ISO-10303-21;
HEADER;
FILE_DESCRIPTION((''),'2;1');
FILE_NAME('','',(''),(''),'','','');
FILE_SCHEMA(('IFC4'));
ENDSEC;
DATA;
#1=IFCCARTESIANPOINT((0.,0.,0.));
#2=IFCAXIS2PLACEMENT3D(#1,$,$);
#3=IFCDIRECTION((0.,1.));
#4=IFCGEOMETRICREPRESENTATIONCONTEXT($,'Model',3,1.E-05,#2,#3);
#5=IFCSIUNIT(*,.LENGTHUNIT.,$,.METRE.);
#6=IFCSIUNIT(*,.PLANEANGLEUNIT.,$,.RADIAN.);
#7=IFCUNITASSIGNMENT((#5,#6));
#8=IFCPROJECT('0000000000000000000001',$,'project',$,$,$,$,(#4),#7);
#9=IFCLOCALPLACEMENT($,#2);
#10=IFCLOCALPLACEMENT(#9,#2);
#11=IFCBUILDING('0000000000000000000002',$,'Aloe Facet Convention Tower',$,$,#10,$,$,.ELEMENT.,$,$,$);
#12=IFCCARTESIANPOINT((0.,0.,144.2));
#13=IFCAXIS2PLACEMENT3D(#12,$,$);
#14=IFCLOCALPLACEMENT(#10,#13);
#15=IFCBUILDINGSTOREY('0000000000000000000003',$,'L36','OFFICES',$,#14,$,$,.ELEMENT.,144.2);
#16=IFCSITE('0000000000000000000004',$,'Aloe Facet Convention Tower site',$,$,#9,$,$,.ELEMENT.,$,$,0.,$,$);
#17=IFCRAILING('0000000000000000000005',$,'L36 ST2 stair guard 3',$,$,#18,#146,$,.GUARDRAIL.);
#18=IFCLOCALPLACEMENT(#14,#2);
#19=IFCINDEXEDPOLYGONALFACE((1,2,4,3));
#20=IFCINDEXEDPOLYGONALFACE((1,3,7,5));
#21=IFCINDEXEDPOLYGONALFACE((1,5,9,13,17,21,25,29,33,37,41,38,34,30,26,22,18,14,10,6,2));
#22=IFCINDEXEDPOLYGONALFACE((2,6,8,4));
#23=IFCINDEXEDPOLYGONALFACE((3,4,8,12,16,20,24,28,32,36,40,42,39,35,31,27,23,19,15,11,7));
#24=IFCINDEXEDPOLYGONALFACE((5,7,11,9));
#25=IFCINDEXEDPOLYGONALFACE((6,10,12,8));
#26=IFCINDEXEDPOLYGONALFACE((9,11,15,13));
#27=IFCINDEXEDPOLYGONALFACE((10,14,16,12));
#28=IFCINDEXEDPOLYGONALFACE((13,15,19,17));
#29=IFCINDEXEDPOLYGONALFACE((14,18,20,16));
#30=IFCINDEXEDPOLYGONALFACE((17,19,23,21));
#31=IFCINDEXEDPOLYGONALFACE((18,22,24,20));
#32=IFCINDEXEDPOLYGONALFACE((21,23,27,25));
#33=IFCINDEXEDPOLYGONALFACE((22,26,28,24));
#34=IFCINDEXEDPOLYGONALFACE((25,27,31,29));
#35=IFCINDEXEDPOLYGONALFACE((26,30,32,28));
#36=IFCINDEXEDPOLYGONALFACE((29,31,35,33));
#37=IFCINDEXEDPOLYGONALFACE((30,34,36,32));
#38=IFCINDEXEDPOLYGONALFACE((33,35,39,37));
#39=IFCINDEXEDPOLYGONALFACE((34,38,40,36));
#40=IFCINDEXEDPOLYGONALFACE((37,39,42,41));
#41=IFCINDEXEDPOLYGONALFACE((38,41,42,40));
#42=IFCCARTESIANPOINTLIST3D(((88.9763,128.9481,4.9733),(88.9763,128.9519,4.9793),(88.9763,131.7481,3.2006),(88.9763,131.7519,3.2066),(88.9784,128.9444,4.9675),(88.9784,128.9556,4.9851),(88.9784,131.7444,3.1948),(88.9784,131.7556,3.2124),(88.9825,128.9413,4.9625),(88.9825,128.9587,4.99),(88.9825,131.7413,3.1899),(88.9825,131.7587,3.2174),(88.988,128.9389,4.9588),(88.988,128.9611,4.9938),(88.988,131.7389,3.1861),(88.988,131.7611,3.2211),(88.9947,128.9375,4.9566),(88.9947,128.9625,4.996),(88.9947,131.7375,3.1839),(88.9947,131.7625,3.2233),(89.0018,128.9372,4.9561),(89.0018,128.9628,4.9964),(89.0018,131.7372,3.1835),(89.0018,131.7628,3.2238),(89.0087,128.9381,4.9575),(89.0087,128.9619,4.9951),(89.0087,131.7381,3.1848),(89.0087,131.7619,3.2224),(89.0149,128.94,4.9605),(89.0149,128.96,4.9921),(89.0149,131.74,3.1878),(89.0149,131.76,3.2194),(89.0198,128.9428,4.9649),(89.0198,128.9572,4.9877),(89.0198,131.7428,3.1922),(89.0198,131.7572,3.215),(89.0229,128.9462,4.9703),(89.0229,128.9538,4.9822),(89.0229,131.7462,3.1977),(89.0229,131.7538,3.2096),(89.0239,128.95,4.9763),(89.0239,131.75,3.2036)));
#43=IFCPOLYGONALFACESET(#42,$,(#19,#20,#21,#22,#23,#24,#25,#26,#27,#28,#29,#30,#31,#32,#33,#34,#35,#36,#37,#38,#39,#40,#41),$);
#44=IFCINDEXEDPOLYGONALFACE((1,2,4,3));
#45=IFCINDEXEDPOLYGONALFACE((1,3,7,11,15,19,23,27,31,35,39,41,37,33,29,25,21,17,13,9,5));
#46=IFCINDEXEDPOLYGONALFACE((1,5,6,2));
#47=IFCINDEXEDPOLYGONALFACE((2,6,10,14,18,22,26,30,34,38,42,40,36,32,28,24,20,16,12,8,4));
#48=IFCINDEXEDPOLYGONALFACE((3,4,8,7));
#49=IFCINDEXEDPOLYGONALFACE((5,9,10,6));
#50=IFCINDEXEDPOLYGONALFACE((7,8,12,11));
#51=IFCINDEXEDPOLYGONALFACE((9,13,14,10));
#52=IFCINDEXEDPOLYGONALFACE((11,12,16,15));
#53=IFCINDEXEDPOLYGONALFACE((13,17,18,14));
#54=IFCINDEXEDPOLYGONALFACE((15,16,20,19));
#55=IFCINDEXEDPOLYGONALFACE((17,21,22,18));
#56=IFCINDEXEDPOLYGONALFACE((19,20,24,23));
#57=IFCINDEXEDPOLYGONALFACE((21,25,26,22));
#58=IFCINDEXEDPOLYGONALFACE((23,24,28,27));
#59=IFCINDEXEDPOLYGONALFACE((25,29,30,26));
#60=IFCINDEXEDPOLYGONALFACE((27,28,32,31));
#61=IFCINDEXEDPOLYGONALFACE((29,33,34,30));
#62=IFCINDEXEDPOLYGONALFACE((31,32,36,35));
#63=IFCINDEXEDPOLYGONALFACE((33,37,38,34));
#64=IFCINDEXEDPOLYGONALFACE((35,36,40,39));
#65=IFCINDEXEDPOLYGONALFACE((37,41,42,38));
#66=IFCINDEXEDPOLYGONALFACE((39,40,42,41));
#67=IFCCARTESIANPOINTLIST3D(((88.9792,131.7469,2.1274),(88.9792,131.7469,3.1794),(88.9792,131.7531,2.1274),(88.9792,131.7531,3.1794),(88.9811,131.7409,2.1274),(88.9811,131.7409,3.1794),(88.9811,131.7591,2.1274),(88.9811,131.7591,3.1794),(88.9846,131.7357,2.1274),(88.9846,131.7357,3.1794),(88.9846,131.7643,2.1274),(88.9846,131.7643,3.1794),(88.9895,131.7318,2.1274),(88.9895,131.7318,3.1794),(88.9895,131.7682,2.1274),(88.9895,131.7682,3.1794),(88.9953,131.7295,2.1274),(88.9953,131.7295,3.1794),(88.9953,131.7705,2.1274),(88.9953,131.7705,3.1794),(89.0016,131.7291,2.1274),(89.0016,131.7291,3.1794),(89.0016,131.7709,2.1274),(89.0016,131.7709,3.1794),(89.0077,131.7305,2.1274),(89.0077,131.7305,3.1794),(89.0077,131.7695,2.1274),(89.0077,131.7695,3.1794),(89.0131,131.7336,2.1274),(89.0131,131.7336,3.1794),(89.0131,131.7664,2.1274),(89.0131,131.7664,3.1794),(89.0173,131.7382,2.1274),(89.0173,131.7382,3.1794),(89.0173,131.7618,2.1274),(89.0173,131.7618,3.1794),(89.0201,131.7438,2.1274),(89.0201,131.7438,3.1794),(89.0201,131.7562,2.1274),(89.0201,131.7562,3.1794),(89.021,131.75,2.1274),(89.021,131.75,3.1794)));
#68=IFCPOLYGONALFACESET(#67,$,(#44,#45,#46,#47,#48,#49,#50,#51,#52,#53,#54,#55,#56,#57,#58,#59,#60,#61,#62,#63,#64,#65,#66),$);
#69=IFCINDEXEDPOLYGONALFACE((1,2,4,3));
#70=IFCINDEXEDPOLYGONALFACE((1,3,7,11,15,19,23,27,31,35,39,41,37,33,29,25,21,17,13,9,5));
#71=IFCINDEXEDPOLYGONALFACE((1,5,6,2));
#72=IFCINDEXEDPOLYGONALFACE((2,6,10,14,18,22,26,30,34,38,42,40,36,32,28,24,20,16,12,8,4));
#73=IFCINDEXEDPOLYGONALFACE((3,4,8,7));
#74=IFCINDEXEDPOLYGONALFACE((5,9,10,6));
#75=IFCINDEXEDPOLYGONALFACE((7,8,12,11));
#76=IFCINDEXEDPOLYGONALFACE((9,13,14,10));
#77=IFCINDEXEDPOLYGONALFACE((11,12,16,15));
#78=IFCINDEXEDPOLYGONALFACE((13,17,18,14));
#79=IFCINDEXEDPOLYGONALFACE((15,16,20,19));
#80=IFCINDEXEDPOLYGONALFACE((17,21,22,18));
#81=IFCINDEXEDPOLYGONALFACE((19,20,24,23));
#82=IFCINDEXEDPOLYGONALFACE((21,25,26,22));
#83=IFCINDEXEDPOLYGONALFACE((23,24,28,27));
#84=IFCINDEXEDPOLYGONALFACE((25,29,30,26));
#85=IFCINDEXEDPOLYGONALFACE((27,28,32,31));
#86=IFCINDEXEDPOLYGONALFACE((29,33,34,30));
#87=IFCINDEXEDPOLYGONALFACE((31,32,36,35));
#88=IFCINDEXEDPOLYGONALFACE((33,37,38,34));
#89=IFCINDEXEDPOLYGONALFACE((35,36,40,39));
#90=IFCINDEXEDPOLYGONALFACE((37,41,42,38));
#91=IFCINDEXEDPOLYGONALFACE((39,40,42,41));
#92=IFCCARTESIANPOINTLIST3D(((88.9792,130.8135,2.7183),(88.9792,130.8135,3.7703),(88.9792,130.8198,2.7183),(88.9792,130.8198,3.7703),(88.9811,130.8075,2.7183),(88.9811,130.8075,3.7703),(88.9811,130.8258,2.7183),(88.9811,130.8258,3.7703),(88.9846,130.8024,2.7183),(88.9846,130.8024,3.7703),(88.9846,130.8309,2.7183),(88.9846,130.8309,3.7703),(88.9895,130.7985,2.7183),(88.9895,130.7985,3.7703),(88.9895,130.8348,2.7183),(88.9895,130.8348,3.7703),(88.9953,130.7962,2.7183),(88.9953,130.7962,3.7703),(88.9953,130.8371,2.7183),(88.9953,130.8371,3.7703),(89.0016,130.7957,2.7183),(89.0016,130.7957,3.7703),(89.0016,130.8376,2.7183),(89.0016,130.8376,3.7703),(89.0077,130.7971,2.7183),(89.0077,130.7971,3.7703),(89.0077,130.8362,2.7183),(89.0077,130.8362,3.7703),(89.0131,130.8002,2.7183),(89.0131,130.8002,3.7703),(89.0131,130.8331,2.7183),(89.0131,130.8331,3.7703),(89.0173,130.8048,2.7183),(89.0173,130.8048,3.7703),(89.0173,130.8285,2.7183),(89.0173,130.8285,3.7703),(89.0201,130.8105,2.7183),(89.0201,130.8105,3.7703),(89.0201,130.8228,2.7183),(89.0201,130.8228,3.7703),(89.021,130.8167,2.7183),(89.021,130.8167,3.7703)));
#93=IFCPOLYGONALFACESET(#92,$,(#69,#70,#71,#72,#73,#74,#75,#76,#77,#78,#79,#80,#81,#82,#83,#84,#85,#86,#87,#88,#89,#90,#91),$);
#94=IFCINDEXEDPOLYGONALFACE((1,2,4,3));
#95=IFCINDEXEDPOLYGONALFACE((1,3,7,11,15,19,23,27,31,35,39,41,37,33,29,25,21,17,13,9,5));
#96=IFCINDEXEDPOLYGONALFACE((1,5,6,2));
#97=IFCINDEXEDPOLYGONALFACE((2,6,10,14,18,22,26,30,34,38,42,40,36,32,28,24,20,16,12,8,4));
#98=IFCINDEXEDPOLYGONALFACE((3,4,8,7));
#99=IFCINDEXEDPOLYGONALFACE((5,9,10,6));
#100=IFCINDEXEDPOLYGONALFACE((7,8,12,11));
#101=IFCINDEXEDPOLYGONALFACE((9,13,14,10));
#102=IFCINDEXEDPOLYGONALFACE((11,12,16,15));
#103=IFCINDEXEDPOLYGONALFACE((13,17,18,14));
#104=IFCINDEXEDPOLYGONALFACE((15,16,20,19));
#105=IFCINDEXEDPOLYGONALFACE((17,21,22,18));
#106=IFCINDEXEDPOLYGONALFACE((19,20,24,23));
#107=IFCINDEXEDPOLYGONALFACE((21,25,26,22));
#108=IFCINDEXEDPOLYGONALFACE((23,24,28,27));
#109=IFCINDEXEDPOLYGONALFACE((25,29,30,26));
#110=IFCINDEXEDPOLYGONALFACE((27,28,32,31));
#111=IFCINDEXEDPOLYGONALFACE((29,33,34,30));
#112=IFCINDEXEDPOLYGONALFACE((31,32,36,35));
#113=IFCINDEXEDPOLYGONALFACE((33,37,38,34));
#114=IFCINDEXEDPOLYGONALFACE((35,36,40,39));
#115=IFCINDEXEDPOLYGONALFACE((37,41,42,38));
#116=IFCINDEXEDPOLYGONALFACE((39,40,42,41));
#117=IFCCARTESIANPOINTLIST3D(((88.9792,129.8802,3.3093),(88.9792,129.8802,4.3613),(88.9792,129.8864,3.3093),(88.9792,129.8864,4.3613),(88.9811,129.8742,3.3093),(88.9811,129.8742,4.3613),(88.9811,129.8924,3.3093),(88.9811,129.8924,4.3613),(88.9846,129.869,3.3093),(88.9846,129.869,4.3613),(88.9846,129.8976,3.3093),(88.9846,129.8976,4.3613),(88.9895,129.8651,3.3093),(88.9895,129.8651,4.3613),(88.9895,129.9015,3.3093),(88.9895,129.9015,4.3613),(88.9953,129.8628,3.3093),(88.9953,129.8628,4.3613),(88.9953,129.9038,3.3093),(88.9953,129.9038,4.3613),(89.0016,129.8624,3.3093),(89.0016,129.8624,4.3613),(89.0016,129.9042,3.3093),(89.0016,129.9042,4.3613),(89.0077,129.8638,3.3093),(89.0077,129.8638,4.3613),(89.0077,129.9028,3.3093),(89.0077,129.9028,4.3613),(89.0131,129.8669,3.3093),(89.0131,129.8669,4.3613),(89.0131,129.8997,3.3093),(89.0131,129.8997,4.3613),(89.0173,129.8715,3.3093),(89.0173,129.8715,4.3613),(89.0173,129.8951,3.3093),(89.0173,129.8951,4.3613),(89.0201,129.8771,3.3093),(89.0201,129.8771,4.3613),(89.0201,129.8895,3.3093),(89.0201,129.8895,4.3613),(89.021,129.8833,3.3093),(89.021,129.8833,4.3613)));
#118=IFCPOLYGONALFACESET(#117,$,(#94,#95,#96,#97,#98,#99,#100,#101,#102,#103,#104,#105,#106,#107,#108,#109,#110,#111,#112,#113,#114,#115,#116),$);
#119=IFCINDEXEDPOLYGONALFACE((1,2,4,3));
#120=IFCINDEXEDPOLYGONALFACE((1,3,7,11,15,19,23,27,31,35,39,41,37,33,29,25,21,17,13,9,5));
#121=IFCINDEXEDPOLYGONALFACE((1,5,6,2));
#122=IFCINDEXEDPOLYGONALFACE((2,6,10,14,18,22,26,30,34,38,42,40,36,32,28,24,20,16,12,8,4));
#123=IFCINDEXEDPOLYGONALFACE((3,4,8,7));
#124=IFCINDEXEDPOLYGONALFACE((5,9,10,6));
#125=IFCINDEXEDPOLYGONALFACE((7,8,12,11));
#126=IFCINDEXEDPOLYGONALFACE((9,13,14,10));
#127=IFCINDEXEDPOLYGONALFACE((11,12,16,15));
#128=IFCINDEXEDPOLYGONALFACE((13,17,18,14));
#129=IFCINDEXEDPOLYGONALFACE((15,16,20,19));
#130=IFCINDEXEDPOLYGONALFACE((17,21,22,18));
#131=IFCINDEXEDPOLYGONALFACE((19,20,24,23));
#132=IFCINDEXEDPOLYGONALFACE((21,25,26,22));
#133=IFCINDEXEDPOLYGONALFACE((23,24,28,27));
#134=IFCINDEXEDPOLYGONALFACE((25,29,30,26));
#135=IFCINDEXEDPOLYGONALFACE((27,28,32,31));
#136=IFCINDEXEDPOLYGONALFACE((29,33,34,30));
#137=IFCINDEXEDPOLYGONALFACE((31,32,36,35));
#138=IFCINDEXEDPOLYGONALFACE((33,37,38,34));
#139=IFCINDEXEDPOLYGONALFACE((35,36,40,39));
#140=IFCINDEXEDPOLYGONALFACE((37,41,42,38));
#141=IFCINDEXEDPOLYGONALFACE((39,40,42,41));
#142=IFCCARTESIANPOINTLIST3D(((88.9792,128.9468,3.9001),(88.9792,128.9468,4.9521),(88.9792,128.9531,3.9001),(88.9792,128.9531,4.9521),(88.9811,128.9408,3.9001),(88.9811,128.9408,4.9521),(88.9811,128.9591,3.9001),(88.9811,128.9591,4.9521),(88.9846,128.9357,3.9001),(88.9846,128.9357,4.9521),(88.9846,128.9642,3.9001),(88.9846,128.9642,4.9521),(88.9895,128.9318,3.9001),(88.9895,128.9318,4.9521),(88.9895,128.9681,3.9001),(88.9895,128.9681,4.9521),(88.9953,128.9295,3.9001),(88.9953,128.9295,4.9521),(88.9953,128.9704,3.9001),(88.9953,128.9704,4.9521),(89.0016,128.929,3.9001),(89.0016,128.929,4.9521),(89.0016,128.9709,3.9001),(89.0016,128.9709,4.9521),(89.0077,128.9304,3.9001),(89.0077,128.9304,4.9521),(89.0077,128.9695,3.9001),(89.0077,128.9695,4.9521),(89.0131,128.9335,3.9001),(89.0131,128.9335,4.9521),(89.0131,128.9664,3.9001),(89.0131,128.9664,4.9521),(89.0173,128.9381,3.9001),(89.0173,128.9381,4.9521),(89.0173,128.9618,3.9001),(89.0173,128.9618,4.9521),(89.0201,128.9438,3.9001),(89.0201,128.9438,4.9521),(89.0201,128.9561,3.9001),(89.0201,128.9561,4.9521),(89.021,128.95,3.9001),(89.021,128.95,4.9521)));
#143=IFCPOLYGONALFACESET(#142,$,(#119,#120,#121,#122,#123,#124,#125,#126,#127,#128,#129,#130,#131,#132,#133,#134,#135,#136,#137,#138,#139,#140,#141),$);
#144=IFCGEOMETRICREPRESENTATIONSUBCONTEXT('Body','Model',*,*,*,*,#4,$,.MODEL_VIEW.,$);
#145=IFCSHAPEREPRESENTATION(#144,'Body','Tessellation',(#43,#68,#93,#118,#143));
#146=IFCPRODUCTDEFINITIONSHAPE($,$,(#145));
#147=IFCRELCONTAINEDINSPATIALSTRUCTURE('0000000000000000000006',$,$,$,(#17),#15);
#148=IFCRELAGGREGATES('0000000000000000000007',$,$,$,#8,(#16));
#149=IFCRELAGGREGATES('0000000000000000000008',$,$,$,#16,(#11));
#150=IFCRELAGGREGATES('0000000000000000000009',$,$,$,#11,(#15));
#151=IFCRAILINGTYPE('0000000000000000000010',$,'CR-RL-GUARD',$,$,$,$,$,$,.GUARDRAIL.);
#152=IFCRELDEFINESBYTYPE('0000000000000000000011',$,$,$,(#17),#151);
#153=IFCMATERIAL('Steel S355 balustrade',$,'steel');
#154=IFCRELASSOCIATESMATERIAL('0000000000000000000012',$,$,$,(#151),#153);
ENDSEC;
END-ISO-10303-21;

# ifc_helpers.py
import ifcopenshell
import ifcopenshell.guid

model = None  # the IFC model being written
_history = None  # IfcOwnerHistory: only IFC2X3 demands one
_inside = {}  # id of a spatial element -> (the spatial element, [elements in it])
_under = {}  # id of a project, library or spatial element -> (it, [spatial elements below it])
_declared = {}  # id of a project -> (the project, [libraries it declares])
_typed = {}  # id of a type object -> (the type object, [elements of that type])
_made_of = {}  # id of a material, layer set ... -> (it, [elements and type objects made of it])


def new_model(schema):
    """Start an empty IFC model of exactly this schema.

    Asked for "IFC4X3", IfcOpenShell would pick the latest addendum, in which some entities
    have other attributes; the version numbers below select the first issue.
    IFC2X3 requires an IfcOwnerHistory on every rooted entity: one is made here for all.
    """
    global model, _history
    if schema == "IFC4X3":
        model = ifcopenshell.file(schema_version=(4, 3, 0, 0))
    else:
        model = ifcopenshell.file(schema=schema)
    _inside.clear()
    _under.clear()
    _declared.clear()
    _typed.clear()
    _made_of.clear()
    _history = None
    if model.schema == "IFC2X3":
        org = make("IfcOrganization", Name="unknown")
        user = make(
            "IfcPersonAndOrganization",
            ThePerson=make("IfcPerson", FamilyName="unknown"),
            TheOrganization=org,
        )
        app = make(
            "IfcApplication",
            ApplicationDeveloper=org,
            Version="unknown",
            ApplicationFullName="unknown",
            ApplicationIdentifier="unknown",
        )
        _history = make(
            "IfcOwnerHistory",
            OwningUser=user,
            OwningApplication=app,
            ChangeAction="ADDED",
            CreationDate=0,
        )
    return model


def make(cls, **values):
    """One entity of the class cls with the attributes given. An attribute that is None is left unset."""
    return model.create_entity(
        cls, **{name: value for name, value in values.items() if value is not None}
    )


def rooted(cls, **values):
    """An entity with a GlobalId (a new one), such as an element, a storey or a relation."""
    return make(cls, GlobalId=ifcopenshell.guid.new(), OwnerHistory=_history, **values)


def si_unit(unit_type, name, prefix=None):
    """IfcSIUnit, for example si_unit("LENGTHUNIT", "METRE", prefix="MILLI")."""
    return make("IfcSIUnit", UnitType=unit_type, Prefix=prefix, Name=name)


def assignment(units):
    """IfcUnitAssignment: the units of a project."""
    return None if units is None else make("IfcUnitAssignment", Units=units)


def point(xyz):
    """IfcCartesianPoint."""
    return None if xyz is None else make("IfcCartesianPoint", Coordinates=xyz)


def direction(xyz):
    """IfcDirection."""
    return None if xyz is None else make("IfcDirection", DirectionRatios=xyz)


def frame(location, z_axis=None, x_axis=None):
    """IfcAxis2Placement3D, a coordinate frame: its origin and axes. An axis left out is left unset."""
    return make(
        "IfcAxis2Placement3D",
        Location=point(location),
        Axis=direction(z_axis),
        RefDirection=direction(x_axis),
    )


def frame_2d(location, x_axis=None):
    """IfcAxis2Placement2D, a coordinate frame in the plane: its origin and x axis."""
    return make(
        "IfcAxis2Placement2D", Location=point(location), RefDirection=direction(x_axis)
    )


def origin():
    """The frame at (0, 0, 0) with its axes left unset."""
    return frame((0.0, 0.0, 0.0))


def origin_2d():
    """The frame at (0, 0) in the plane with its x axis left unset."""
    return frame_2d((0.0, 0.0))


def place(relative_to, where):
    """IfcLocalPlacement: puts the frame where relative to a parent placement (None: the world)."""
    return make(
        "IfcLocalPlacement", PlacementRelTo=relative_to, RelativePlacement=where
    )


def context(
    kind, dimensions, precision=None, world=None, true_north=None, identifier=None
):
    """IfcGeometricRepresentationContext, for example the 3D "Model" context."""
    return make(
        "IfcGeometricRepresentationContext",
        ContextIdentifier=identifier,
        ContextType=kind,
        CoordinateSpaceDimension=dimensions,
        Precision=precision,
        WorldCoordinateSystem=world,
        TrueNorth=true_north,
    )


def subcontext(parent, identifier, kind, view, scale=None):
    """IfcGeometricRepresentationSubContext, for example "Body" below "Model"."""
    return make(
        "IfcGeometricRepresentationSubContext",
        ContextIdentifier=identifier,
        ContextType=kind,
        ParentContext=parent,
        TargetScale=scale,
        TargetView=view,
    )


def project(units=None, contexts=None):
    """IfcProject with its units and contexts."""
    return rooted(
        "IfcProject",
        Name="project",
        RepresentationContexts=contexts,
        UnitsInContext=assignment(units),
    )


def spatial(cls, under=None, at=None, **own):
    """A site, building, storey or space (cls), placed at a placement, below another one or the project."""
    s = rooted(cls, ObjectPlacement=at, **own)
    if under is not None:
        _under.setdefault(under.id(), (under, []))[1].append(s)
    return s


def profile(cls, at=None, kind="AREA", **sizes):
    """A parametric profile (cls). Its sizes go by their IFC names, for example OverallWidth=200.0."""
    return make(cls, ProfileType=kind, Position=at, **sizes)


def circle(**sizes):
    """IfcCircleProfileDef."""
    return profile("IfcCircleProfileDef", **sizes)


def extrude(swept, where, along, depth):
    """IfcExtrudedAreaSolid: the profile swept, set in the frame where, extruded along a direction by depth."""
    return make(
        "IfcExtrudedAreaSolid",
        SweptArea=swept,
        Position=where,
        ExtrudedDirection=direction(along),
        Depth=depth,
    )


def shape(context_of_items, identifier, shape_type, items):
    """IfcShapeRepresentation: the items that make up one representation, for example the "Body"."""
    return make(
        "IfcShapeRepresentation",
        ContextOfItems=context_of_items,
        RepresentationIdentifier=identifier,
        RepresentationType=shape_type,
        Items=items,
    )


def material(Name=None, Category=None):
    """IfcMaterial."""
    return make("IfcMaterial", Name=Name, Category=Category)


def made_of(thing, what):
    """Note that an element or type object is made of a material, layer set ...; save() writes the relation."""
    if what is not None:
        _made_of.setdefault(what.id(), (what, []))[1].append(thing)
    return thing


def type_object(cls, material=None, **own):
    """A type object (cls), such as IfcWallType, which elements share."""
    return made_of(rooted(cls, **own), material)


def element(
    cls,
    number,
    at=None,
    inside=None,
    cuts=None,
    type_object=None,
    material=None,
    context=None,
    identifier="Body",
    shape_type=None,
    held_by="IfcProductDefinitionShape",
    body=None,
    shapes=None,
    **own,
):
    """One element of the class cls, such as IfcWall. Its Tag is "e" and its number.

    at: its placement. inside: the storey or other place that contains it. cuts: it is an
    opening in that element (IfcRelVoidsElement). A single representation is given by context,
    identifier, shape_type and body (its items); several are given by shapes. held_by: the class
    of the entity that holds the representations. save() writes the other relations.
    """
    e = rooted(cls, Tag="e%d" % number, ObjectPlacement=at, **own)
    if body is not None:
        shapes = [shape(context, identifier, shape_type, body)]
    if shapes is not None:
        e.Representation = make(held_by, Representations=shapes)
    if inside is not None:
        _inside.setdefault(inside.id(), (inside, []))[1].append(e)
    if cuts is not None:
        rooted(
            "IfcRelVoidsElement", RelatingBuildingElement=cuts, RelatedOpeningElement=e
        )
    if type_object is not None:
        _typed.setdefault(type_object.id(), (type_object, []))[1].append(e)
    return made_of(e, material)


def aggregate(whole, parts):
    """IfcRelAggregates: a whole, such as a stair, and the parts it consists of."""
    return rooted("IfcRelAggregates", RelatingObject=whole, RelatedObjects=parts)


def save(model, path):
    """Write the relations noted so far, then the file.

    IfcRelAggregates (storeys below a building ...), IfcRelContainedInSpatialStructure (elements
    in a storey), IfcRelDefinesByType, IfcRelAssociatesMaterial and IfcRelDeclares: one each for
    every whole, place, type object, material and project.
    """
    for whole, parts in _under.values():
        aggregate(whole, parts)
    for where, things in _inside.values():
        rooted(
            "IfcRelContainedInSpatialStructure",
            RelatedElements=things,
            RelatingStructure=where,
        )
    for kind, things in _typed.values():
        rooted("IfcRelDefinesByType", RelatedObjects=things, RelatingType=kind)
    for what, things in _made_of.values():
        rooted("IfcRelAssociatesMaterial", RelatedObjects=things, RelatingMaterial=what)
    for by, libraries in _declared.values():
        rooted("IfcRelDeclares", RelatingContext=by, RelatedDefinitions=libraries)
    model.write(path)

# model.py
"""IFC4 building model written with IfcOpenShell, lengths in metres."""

from ifc_helpers import new_model, si_unit, direction, frame, origin, origin_2d, place, context, subcontext, project, spatial, circle, extrude, material, type_object, element, save


model = new_model("IFC4")

# Units and contexts
model_context = context("Model", 3, precision=1e-05, world=origin(), true_north=direction((0.0, 1.0)))
body_context = subcontext(model_context, "Body", "Model", "MODEL_VIEW")
ifc_project = project(units=[si_unit("LENGTHUNIT", "METRE"), si_unit("PLANEANGLEUNIT", "RADIAN")], contexts=[model_context])

# Site, building, storey
site_placement = place(None, origin())
site = spatial("IfcSite", under=ifc_project, at=site_placement, Name="Aloe Facet Convention Tower site", CompositionType="ELEMENT", RefElevation=0.0)
building_placement = place(site_placement, origin())
building = spatial("IfcBuilding", under=site, at=building_placement, Name="Aloe Facet Convention Tower", CompositionType="ELEMENT")
storey_placement = place(building_placement, frame((0.0, 0.0, 144.2)))
storey = spatial("IfcBuildingStorey", under=building, at=storey_placement, Name="L36", Description="OFFICES", CompositionType="ELEMENT", Elevation=144.2)

# Railing
ifc_material_1 = material(Name="Steel S355 balustrade", Category="steel")
railing_type_1 = type_object("IfcRailingType", Name="CR-RL-GUARD", PredefinedType="GUARDRAIL", material=ifc_material_1)
railing_1_placement = place(storey_placement, frame((89.0, 131.75, 2.1274)))
element("IfcRailing", 1, at=railing_1_placement, inside=storey, type_object=railing_type_1, Name="L36 ST2 stair guard 3", PredefinedType="GUARDRAIL", context=body_context, shape_type="SweptSolid", body=[
    extrude(circle(Radius=0.0239, at=origin_2d()), frame((0.0, 0.0, 1.0762), z_axis=(0.0, -0.844909, 0.53491), x_axis=(1.0, 0.0, 0.0)), (0.0, 0.0, 1.0), 3.314),
    extrude(circle(Radius=0.021, at=origin_2d()), origin(), (0.0, 0.0, 1.0), 1.052),
    extrude(circle(Radius=0.021, at=origin_2d()), frame((0.0, -0.9333, 0.5908)), (0.0, 0.0, 1.0), 1.052),
    extrude(circle(Radius=0.021, at=origin_2d()), frame((0.0, -1.8667, 1.1819)), (0.0, 0.0, 1.0), 1.052),
    extrude(circle(Radius=0.021, at=origin_2d()), frame((0.0, -2.8, 1.7727)), (0.0, 0.0, 1.0), 1.052),
])

save(model, "model.ifc")
